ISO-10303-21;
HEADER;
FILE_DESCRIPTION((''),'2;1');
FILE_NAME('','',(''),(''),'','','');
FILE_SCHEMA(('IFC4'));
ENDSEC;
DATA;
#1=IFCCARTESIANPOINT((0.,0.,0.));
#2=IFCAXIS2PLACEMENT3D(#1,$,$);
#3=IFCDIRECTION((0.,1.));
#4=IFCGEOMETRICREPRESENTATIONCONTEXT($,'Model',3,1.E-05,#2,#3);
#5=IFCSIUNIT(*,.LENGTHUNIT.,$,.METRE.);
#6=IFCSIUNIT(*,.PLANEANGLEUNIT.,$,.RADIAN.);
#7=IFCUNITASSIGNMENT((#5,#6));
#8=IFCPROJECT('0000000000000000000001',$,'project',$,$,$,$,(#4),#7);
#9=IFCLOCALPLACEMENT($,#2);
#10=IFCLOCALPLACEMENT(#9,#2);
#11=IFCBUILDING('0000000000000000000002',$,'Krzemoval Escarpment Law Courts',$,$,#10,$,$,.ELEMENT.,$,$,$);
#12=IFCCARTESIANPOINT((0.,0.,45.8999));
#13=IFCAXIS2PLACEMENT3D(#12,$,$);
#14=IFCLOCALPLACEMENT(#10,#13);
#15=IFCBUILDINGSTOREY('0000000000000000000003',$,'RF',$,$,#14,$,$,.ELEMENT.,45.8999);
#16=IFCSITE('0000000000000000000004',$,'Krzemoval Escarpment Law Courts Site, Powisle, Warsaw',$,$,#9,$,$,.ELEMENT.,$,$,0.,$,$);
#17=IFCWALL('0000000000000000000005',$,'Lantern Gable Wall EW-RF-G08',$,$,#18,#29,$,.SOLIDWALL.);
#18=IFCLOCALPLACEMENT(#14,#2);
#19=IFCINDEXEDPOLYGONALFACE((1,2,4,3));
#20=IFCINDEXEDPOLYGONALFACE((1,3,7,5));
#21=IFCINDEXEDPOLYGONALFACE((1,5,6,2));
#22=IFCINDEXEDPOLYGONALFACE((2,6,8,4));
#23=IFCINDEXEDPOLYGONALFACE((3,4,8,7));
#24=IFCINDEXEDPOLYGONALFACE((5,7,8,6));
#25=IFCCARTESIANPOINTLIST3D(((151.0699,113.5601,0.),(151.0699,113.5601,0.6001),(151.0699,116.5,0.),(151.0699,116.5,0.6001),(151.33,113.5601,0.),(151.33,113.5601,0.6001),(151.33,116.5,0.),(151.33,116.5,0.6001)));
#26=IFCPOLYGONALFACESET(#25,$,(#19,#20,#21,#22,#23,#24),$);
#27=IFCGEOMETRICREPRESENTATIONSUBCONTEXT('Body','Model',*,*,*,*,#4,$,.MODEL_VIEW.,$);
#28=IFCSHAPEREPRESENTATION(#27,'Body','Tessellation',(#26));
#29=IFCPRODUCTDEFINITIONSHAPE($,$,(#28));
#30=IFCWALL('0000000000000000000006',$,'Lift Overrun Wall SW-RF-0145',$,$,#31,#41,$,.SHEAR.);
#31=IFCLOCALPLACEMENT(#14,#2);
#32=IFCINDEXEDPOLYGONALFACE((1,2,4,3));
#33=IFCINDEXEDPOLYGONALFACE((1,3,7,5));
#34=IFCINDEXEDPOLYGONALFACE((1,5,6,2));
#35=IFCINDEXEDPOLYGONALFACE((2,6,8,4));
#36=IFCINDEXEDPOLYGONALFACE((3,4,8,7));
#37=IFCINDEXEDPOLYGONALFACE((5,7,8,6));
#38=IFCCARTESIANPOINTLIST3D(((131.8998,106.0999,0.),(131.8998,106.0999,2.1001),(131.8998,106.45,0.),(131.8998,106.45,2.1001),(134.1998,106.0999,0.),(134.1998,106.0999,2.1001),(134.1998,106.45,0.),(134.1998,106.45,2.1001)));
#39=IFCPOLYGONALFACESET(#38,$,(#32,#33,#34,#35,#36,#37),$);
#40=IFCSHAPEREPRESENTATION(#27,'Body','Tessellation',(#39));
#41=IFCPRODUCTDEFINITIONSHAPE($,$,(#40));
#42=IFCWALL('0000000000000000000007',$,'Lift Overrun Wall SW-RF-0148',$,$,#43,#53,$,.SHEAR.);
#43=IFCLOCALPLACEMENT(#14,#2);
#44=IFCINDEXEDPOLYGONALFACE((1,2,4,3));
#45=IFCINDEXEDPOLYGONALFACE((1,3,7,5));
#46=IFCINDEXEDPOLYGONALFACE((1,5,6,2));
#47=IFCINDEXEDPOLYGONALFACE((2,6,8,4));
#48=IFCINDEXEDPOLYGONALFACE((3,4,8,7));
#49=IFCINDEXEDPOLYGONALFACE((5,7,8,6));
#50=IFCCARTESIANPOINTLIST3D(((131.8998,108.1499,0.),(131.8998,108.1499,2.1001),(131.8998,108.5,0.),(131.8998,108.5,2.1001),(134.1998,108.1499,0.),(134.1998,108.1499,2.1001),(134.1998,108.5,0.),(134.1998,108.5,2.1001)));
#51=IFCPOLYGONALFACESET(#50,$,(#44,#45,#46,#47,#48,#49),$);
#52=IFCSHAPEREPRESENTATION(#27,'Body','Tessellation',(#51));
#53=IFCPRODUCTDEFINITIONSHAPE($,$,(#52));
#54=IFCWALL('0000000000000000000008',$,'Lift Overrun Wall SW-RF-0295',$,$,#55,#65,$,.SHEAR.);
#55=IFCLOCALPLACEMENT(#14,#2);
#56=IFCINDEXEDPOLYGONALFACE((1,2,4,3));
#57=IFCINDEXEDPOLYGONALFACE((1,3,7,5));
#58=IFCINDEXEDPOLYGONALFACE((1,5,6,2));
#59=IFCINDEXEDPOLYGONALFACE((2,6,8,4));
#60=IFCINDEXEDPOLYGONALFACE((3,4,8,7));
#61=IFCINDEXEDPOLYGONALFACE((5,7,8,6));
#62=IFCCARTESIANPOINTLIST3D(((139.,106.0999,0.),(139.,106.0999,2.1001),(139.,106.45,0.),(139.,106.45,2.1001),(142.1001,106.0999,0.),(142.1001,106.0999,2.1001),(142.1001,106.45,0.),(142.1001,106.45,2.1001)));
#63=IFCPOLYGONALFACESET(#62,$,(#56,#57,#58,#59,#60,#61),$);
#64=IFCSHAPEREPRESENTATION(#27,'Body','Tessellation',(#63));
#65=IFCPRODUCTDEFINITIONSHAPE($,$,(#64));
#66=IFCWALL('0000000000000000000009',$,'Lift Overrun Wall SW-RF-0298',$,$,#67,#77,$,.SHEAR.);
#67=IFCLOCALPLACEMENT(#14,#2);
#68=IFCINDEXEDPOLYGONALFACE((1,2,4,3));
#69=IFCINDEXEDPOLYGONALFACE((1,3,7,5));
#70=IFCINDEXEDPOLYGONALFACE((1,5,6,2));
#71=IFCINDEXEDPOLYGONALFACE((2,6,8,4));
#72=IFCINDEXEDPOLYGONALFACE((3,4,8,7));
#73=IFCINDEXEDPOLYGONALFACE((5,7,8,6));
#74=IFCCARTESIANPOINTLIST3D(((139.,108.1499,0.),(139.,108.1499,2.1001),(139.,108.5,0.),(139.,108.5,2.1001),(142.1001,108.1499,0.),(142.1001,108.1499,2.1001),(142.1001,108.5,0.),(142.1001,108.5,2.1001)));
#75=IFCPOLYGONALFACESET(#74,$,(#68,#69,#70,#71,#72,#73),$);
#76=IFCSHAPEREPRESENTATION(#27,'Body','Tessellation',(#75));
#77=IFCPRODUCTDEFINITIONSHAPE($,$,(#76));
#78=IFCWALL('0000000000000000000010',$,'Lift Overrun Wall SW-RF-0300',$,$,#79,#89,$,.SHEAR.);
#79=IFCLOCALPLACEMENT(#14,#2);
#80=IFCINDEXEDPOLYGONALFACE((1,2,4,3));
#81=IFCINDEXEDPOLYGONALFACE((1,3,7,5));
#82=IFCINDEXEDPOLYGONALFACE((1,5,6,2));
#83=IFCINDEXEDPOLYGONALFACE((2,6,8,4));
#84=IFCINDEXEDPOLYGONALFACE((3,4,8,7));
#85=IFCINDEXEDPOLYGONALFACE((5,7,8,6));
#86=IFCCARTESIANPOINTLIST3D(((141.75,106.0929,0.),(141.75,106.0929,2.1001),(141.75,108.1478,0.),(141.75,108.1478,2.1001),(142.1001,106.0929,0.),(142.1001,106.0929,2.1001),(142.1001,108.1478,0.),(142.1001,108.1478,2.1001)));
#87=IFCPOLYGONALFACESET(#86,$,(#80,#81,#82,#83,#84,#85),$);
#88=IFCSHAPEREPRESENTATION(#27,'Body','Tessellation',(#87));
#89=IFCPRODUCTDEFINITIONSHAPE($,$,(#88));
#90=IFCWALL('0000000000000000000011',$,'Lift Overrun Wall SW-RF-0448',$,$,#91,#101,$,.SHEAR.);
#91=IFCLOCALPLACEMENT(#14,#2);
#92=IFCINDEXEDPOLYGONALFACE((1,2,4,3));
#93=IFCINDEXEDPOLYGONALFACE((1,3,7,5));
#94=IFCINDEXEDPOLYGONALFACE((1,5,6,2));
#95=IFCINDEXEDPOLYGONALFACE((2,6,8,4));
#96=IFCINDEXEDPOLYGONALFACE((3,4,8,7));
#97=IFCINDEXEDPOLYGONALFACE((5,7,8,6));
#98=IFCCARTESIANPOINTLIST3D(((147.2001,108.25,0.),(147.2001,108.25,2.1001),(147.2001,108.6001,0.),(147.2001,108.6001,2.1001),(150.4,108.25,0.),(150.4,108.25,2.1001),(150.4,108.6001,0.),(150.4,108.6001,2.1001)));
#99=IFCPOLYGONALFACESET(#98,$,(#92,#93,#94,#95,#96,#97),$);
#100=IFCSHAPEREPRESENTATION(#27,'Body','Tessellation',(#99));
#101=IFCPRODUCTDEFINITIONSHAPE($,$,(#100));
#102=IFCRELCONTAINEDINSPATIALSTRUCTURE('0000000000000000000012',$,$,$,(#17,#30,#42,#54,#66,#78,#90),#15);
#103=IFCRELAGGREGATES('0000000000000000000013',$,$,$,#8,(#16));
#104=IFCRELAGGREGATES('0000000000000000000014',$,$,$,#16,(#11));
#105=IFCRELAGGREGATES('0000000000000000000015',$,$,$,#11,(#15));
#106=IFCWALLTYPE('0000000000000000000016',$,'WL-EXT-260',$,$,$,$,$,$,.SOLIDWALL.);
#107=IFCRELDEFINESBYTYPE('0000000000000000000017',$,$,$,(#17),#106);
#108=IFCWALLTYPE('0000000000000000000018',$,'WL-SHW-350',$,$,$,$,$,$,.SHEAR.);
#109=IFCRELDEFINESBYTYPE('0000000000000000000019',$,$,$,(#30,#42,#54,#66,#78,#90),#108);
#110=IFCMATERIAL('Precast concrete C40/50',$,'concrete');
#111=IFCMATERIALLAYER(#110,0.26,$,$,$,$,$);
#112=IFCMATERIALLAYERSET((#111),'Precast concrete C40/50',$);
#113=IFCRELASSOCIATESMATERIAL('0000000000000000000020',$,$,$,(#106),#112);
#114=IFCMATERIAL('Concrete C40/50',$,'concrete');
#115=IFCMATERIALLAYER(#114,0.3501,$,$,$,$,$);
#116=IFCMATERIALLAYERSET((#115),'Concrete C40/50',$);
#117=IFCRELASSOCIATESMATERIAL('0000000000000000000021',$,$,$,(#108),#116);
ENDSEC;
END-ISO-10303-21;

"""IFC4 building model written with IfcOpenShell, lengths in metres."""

from ifc_helpers import new_model, si_unit, direction, frame, frame_2d, origin, place, context, subcontext, project, spatial, rectangle, extrude, material, layer, layer_set, type_object, element, save


model = new_model("IFC4")

# Units and contexts
model_context = context("Model", 3, precision=1e-05, world=origin(), true_north=direction((0.0, 1.0)))
body_context = subcontext(model_context, "Body", "Model", "MODEL_VIEW")
ifc_project = project(units=[si_unit("LENGTHUNIT", "METRE"), si_unit("PLANEANGLEUNIT", "RADIAN")], contexts=[model_context])

# Site, building, storey
site_placement = place(None, origin())
site = spatial("IfcSite", under=ifc_project, at=site_placement, Name="Krzemoval Escarpment Law Courts Site, Powisle, Warsaw", CompositionType="ELEMENT", RefElevation=0.0)
building_placement = place(site_placement, origin())
building = spatial("IfcBuilding", under=site, at=building_placement, Name="Krzemoval Escarpment Law Courts", CompositionType="ELEMENT")
storey_placement = place(building_placement, frame((0.0, 0.0, 45.8999)))
storey = spatial("IfcBuildingStorey", under=building, at=storey_placement, Name="RF", CompositionType="ELEMENT", Elevation=45.8999)

# Walls
ifc_material_1 = material(Name="Precast concrete C40/50", Category="concrete")
ifc_layer_1 = layer(ifc_material_1, 0.26)
ifc_layer_set_1 = layer_set([ifc_layer_1], Name="Precast concrete C40/50")
wall_type_1 = type_object("IfcWallType", Name="WL-EXT-260", PredefinedType="SOLIDWALL", material=ifc_layer_set_1)
wall_1_placement = place(storey_placement, frame((151.2, 116.5, 0.0), z_axis=(0.0, 0.0, 1.0), x_axis=(0.0, -1.0, 0.0)))
element("IfcWall", 1, at=wall_1_placement, inside=storey, type_object=wall_type_1, Name="Lantern Gable Wall EW-RF-G08", PredefinedType="SOLIDWALL", context=body_context, shape_type="SweptSolid", body=[
    extrude(rectangle(XDim=2.9399, YDim=0.26, at=frame_2d((1.47, 0.0))), origin(), (0.0, 0.0, 1.0), 0.6001),
])
ifc_material_2 = material(Name="Concrete C40/50", Category="concrete")
ifc_layer_2 = layer(ifc_material_2, 0.3501)
ifc_layer_set_2 = layer_set([ifc_layer_2], Name="Concrete C40/50")
wall_type_2 = type_object("IfcWallType", Name="WL-SHW-350", PredefinedType="SHEAR", material=ifc_layer_set_2)
for number, where, z_axis, x_axis, name in (
    (2, (131.8999, 106.2749, 0.0), (0.0, 0.0, 1.0), (1.0, 0.0, 0.0), "Lift Overrun Wall SW-RF-0145"),
    (3, (131.8999, 108.325, 0.0), (0.0, 0.0, 1.0), (1.0, 0.0, 0.0), "Lift Overrun Wall SW-RF-0148"),
):
    element("IfcWall", number, at=place(storey_placement, frame(where, z_axis=z_axis, x_axis=x_axis)), inside=storey, type_object=wall_type_2, Name=name, PredefinedType="SHEAR", context=body_context, shape_type="SweptSolid", body=[
        extrude(rectangle(XDim=2.3, YDim=0.3501, at=frame_2d((1.1499, 0.0))), origin(), (0.0, 0.0, 1.0), 2.1001),
    ])
for number, where, z_axis, x_axis, name in (
    (4, (139.0, 106.2749, 0.0), (0.0, 0.0, 1.0), (1.0, 0.0, 0.0), "Lift Overrun Wall SW-RF-0295"),
    (5, (139.0, 108.325, 0.0), (0.0, 0.0, 1.0), (1.0, 0.0, 0.0), "Lift Overrun Wall SW-RF-0298"),
):
    element("IfcWall", number, at=place(storey_placement, frame(where, z_axis=z_axis, x_axis=x_axis)), inside=storey, type_object=wall_type_2, Name=name, PredefinedType="SHEAR", context=body_context, shape_type="SweptSolid", body=[
        extrude(rectangle(XDim=3.1001, YDim=0.3501, at=frame_2d((1.55, 0.0))), origin(), (0.0, 0.0, 1.0), 2.1001),
    ])
wall_2_placement = place(storey_placement, frame((141.925, 106.093, 0.0), z_axis=(0.0, 0.0, 1.0), x_axis=(0.0, 1.0, 0.0)))
element("IfcWall", 6, at=wall_2_placement, inside=storey, type_object=wall_type_2, Name="Lift Overrun Wall SW-RF-0300", PredefinedType="SHEAR", context=body_context, shape_type="SweptSolid", body=[
    extrude(rectangle(XDim=2.0549, YDim=0.3501, at=frame_2d((1.0273, 0.0))), origin(), (0.0, 0.0, 1.0), 2.1001),
])
wall_3_placement = place(storey_placement, frame((147.2, 108.425, 0.0), z_axis=(0.0, 0.0, 1.0), x_axis=(1.0, 0.0, 0.0)))
element("IfcWall", 7, at=wall_3_placement, inside=storey, type_object=wall_type_2, Name="Lift Overrun Wall SW-RF-0448", PredefinedType="SHEAR", context=body_context, shape_type="SweptSolid", body=[
    extrude(rectangle(XDim=3.2, YDim=0.3501, at=frame_2d((1.6001, 0.0))), origin(), (0.0, 0.0, 1.0), 2.1001),
])

save(model, "model.ifc")
